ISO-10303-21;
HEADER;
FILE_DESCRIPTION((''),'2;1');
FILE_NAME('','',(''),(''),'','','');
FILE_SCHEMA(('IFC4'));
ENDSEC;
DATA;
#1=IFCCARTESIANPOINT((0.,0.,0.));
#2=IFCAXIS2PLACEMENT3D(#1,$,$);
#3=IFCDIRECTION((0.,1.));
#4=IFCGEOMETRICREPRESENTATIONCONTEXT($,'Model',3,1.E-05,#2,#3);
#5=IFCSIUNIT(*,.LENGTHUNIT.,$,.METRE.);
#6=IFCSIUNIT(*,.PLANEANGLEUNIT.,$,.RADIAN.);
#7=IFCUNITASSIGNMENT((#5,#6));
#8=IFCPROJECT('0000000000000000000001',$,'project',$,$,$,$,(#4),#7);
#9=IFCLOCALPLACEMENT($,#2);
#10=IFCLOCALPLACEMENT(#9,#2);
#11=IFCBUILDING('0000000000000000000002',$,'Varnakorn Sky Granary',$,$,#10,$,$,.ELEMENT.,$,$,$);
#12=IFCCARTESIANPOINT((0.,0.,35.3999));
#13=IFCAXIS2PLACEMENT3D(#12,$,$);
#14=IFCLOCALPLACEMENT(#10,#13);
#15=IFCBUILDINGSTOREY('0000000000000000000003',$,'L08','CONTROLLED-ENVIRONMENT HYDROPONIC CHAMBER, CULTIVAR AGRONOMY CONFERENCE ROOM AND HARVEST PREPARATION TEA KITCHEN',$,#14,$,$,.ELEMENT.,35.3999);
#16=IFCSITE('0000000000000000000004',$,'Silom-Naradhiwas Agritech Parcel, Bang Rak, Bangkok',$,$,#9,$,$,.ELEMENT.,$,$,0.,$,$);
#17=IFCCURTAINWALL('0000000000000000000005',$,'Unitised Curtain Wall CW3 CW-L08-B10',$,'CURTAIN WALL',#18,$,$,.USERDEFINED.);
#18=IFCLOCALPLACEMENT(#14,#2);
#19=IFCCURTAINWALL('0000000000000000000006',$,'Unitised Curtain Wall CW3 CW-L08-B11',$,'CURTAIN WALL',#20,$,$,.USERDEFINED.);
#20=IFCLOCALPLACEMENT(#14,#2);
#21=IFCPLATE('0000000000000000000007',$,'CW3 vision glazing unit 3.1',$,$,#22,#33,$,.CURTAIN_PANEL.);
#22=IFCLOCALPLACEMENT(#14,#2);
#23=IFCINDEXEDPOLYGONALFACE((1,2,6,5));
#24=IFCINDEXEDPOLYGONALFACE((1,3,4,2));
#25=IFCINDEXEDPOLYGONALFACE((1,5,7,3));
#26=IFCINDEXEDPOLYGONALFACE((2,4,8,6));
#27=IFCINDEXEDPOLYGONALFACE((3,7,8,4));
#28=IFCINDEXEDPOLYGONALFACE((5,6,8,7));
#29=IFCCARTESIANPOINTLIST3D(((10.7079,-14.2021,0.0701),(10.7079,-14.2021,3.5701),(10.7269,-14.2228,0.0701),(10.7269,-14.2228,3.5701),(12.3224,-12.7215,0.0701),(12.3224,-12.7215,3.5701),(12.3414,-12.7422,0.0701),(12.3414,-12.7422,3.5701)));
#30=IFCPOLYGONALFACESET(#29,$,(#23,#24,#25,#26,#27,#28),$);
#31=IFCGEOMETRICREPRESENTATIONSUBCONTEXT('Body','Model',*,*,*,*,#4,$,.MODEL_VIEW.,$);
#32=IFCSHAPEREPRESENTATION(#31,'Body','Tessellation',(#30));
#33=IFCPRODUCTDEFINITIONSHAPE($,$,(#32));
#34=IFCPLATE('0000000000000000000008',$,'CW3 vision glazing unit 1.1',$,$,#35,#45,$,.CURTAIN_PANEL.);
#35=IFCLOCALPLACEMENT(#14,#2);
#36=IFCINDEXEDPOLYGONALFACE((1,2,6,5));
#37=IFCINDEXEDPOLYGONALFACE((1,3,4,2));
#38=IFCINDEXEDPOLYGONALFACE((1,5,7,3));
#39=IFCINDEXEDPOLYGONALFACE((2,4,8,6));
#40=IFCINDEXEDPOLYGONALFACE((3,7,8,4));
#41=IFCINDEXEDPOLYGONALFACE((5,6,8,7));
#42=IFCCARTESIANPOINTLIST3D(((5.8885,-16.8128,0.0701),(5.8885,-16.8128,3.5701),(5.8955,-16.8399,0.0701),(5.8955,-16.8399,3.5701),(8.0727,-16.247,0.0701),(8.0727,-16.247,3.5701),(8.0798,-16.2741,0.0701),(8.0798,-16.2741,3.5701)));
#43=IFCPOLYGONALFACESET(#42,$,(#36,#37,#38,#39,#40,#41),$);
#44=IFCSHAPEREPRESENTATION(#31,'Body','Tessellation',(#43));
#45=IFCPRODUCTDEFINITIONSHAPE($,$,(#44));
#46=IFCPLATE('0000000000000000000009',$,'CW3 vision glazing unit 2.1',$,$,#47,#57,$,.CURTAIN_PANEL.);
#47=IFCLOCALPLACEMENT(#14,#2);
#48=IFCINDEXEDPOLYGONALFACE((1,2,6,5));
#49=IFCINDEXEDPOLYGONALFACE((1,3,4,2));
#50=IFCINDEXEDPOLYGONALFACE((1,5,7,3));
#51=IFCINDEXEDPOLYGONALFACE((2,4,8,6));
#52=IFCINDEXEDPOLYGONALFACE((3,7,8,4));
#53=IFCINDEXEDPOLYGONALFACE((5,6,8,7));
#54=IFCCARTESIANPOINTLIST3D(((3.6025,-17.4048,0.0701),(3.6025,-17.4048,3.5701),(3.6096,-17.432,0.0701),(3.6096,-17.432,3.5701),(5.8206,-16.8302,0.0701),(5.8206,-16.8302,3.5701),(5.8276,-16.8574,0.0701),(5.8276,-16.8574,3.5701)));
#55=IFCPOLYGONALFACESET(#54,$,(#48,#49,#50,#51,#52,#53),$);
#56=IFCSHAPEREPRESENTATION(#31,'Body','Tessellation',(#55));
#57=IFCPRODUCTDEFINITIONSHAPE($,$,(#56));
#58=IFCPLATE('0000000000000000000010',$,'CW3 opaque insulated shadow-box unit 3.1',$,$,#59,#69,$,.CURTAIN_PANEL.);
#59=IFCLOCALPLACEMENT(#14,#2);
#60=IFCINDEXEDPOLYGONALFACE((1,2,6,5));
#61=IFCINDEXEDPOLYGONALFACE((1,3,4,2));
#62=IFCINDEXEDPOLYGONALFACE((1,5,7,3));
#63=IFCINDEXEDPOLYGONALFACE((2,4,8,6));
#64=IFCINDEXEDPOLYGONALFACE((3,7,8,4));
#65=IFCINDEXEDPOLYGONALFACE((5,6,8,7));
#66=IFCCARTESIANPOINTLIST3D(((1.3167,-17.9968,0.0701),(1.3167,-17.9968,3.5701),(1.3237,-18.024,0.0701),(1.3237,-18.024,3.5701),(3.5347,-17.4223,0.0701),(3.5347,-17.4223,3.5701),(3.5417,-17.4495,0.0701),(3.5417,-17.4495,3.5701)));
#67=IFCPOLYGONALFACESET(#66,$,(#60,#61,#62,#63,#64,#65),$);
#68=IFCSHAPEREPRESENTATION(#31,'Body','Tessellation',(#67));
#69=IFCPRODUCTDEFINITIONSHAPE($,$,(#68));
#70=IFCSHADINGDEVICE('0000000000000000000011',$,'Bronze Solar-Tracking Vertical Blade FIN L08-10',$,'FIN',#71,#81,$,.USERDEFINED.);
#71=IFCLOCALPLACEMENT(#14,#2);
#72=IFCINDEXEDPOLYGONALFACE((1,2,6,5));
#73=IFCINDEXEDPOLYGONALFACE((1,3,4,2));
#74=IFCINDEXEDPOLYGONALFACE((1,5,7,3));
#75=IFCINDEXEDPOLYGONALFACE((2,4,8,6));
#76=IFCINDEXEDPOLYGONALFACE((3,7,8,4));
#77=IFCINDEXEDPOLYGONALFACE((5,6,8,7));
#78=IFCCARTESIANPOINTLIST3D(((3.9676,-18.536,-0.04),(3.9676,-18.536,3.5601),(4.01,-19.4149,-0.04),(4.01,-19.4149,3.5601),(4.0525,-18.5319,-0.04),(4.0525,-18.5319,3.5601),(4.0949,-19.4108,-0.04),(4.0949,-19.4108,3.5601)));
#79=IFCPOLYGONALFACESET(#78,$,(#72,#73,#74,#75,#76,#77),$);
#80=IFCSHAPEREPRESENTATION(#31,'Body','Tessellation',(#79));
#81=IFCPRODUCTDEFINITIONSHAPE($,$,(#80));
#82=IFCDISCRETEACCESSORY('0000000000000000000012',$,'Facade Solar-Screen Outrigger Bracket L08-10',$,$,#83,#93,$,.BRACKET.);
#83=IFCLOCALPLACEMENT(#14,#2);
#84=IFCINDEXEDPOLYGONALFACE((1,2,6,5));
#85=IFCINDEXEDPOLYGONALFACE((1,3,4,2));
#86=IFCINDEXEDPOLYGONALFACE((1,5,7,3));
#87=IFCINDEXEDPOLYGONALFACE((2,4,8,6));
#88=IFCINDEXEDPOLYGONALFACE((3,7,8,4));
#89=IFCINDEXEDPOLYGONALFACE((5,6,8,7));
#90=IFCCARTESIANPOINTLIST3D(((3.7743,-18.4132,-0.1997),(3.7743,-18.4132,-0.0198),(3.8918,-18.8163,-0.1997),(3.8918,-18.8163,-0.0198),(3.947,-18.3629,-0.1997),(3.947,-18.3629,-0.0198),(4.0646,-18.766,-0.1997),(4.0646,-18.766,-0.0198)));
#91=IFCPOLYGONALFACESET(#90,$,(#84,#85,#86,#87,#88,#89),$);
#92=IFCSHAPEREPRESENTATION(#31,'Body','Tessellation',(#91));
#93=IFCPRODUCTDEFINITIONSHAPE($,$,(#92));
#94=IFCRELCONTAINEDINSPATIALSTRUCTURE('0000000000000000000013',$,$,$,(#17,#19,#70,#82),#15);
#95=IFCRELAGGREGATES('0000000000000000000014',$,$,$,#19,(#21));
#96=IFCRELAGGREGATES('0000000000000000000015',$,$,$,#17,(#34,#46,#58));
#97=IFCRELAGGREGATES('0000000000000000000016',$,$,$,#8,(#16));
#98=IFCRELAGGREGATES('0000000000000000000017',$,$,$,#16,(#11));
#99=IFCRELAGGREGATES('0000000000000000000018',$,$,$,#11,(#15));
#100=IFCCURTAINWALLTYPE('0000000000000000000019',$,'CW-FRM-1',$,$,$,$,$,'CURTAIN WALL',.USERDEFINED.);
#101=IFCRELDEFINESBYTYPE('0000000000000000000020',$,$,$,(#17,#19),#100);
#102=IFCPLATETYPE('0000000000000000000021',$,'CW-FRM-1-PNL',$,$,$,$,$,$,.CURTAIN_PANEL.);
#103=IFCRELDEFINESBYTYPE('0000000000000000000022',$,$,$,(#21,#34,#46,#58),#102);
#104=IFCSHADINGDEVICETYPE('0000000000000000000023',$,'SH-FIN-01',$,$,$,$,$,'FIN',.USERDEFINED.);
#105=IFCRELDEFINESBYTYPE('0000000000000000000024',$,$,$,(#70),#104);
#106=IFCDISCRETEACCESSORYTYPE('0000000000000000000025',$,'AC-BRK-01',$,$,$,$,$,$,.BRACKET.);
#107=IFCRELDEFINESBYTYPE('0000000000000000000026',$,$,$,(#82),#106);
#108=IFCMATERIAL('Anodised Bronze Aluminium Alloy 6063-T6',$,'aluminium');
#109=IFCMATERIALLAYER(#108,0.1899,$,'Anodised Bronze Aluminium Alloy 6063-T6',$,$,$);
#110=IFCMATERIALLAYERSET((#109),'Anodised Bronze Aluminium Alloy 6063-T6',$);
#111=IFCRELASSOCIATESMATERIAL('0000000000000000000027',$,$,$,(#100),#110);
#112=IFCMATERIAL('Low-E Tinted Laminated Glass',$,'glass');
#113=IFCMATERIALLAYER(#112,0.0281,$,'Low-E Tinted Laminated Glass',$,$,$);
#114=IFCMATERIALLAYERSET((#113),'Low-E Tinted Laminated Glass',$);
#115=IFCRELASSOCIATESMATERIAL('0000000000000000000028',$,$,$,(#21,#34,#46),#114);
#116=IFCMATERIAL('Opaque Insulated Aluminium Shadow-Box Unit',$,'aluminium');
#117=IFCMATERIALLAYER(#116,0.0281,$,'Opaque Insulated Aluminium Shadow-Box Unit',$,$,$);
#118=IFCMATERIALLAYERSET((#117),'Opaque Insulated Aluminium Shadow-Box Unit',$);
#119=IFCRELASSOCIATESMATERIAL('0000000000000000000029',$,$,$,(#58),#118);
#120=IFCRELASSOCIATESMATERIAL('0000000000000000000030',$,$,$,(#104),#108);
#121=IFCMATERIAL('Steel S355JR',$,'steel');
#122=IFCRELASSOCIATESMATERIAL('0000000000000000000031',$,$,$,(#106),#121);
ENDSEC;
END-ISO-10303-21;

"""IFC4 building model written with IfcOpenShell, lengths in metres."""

from ifc_helpers import new_model, si_unit, direction, frame, origin, origin_2d, place, context, subcontext, project, spatial, rectangle, extrude, source, transform, mapped, material, layer, layer_set, type_object, type_shapes, element, aggregate, save


model = new_model("IFC4")

# Units and contexts
model_context = context("Model", 3, precision=1e-05, world=origin(), true_north=direction((0.0, 1.0)))
body_context = subcontext(model_context, "Body", "Model", "MODEL_VIEW")
ifc_project = project(units=[si_unit("LENGTHUNIT", "METRE"), si_unit("PLANEANGLEUNIT", "RADIAN")], contexts=[model_context])

# Site, building, storey
site_placement = place(None, origin())
site = spatial("IfcSite", under=ifc_project, at=site_placement, Name="Silom-Naradhiwas Agritech Parcel, Bang Rak, Bangkok", CompositionType="ELEMENT", RefElevation=0.0)
building_placement = place(site_placement, origin())
building = spatial("IfcBuilding", under=site, at=building_placement, Name="Varnakorn Sky Granary", CompositionType="ELEMENT")
storey_placement = place(building_placement, frame((0.0, 0.0, 35.3999)))
storey = spatial("IfcBuildingStorey", under=building, at=storey_placement, Name="L08", Description="CONTROLLED-ENVIRONMENT HYDROPONIC CHAMBER, CULTIVAR AGRONOMY CONFERENCE ROOM AND HARVEST PREPARATION TEA KITCHEN", CompositionType="ELEMENT", Elevation=35.3999)

# Shared definitions
ifc_material_1 = material(Name="Steel S355JR", Category="steel")

# Curtain walls
ifc_material_2 = material(Name="Anodised Bronze Aluminium Alloy 6063-T6", Category="aluminium")
ifc_layer_1 = layer(ifc_material_2, 0.1899, Name="Anodised Bronze Aluminium Alloy 6063-T6")
ifc_layer_set_1 = layer_set([ifc_layer_1], Name="Anodised Bronze Aluminium Alloy 6063-T6")
curtain_wall_type = type_object("IfcCurtainWallType", Name="CW-FRM-1", ElementType="CURTAIN WALL", PredefinedType="USERDEFINED", material=ifc_layer_set_1)
curtain_wall_1_placement = place(storey_placement, origin())
curtain_wall_1 = element("IfcCurtainWall", 1, at=curtain_wall_1_placement, inside=storey, type_object=curtain_wall_type, Name="Unitised Curtain Wall CW3 CW-L08-B10", ObjectType="CURTAIN WALL", PredefinedType="USERDEFINED")
curtain_wall_2_placement = place(storey_placement, origin())
curtain_wall_2 = element("IfcCurtainWall", 2, at=curtain_wall_2_placement, inside=storey, type_object=curtain_wall_type, Name="Unitised Curtain Wall CW3 CW-L08-B11", ObjectType="CURTAIN WALL", PredefinedType="USERDEFINED")

# Plates
ifc_material_3 = material(Name="Opaque Insulated Aluminium Shadow-Box Unit", Category="aluminium")
ifc_layer_2 = layer(ifc_material_3, 0.0281, Name="Opaque Insulated Aluminium Shadow-Box Unit")
ifc_layer_set_2 = layer_set([ifc_layer_2], Name="Opaque Insulated Aluminium Shadow-Box Unit")
plate_type = type_object("IfcPlateType", Name="CW-FRM-1-PNL", PredefinedType="CURTAIN_PANEL")
ifc_material_4 = material(Name="Low-E Tinted Laminated Glass", Category="glass")
ifc_layer_3 = layer(ifc_material_4, 0.0281, Name="Low-E Tinted Laminated Glass")
ifc_layer_set_3 = layer_set([ifc_layer_3], Name="Low-E Tinted Laminated Glass")
shared_shape_1 = source(origin(), body_context, "Body", "SweptSolid", [
    extrude(rectangle(XDim=2.1907, YDim=0.0281, at=origin_2d()), origin(), (0.0, 0.0, 1.0), 3.5),
])
plate_1_placement = place(storey_placement, frame((11.5247, -13.4722, 0.0701), z_axis=(0.0, 0.0, 1.0), x_axis=(-0.737013, -0.675878, 0.0)))
plate_1 = element("IfcPlate", 3, at=plate_1_placement, type_object=plate_type, material=ifc_layer_set_3, Name="CW3 vision glazing unit 3.1", PredefinedType="CURTAIN_PANEL", context=body_context, shape_type="MappedRepresentation", body=[
    mapped(shared_shape_1, transform((0.0, 0.0, 0.0), x_axis=(1.0, 0.0, 0.0), y_axis=(0.0, 1.0, 0.0), z_axis=(0.0, 0.0, 1.0), scale=1.0)),
])
aggregate(curtain_wall_2, [plate_1])
shared_shape_2 = source(origin(), body_context, "Body", "SweptSolid", [
    extrude(rectangle(XDim=2.2563, YDim=0.0281, at=origin_2d()), origin(), (0.0, 0.0, 1.0), 3.5),
])
plate_2_placement = place(storey_placement, frame((6.9841, -16.5435, 0.0701), z_axis=(0.0, 0.0, 1.0), x_axis=(-0.968049, -0.25076, 0.0)))
plate_2 = element("IfcPlate", 4, at=plate_2_placement, type_object=plate_type, material=ifc_layer_set_3, Name="CW3 vision glazing unit 1.1", PredefinedType="CURTAIN_PANEL", context=body_context, shape_type="MappedRepresentation", body=[
    mapped(shared_shape_2, transform((0.0, 0.0, 0.0), x_axis=(1.0, 0.0, 0.0), y_axis=(0.0, 1.0, 0.0), z_axis=(0.0, 0.0, 1.0), scale=1.0)),
])
shared_shape_3 = source(origin(), body_context, "Body", "SweptSolid", [
    extrude(rectangle(XDim=2.2913, YDim=0.0281, at=origin_2d()), origin(), (0.0, 0.0, 1.0), 3.5),
])
plate_3_placement = place(storey_placement, frame((4.7151, -17.1311, 0.0701), z_axis=(0.0, 0.0, 1.0), x_axis=(-0.968049, -0.25076, 0.0)))
plate_3 = element("IfcPlate", 5, at=plate_3_placement, type_object=plate_type, material=ifc_layer_set_3, Name="CW3 vision glazing unit 2.1", PredefinedType="CURTAIN_PANEL", context=body_context, shape_type="MappedRepresentation", body=[
    mapped(shared_shape_3, transform((0.0, 0.0, 0.0), x_axis=(1.0, 0.0, 0.0), y_axis=(0.0, 1.0, 0.0), z_axis=(0.0, 0.0, 1.0), scale=1.0)),
])
plate_4_placement = place(storey_placement, frame((2.4292, -17.7231, 0.0701), z_axis=(0.0, 0.0, 1.0), x_axis=(-0.968049, -0.25076, 0.0)))
plate_4 = element("IfcPlate", 6, at=plate_4_placement, type_object=plate_type, material=ifc_layer_set_2, Name="CW3 opaque insulated shadow-box unit 3.1", PredefinedType="CURTAIN_PANEL", context=body_context, shape_type="MappedRepresentation", body=[
    mapped(shared_shape_3, transform((0.0, 0.0, 0.0), x_axis=(1.0, 0.0, 0.0), y_axis=(0.0, 1.0, 0.0), z_axis=(0.0, 0.0, 1.0), scale=1.0)),
])
aggregate(curtain_wall_1, [plate_2, plate_3, plate_4])

# Shading device
shading_device_type = type_object("IfcShadingDeviceType", Name="SH-FIN-01", ElementType="FIN", PredefinedType="USERDEFINED", material=ifc_material_2)
shared_shape_4 = source(origin(), body_context, "Body", "SweptSolid", [
    extrude(rectangle(XDim=0.085, YDim=0.8799, at=origin_2d()), origin(), (0.0, 0.0, 1.0), 3.6001),
])
type_shapes(shading_device_type, [shared_shape_4])
shading_device_placement = place(storey_placement, frame((4.0312, -18.9734, -0.04), z_axis=(0.0, 0.0, 1.0), x_axis=(0.99884, 0.048145, 0.0)))
element("IfcShadingDevice", 7, at=shading_device_placement, inside=storey, type_object=shading_device_type, Name="Bronze Solar-Tracking Vertical Blade FIN L08-10", ObjectType="FIN", PredefinedType="USERDEFINED", context=body_context, shape_type="MappedRepresentation", body=[
    mapped(shared_shape_4, transform((0.0, 0.0, 0.0), x_axis=(1.0, 0.0, 0.0), y_axis=(0.0, 1.0, 0.0), z_axis=(0.0, 0.0, 1.0), scale=1.0)),
])

# Discrete accessory
discrete_accessory_type = type_object("IfcDiscreteAccessoryType", Name="AC-BRK-01", PredefinedType="BRACKET", material=ifc_material_1)
shared_shape_5 = source(origin(), body_context, "Body", "SweptSolid", [
    extrude(rectangle(XDim=0.1799, YDim=0.4199, at=origin_2d()), origin(), (0.0, 0.0, 1.0), 0.1799),
])
type_shapes(discrete_accessory_type, [shared_shape_5])
discrete_accessory_placement = place(storey_placement, frame((3.9194, -18.5896, -0.1997), z_axis=(0.0, 0.0, 1.0), x_axis=(0.960035, 0.279878, 0.0)))
element("IfcDiscreteAccessory", 8, at=discrete_accessory_placement, inside=storey, type_object=discrete_accessory_type, Name="Facade Solar-Screen Outrigger Bracket L08-10", PredefinedType="BRACKET", context=body_context, shape_type="MappedRepresentation", body=[
    mapped(shared_shape_5, transform((0.0, 0.0, 0.0), x_axis=(1.0, 0.0, 0.0), y_axis=(0.0, 1.0, 0.0), z_axis=(0.0, 0.0, 1.0), scale=1.0)),
])

save(model, "model.ifc")
